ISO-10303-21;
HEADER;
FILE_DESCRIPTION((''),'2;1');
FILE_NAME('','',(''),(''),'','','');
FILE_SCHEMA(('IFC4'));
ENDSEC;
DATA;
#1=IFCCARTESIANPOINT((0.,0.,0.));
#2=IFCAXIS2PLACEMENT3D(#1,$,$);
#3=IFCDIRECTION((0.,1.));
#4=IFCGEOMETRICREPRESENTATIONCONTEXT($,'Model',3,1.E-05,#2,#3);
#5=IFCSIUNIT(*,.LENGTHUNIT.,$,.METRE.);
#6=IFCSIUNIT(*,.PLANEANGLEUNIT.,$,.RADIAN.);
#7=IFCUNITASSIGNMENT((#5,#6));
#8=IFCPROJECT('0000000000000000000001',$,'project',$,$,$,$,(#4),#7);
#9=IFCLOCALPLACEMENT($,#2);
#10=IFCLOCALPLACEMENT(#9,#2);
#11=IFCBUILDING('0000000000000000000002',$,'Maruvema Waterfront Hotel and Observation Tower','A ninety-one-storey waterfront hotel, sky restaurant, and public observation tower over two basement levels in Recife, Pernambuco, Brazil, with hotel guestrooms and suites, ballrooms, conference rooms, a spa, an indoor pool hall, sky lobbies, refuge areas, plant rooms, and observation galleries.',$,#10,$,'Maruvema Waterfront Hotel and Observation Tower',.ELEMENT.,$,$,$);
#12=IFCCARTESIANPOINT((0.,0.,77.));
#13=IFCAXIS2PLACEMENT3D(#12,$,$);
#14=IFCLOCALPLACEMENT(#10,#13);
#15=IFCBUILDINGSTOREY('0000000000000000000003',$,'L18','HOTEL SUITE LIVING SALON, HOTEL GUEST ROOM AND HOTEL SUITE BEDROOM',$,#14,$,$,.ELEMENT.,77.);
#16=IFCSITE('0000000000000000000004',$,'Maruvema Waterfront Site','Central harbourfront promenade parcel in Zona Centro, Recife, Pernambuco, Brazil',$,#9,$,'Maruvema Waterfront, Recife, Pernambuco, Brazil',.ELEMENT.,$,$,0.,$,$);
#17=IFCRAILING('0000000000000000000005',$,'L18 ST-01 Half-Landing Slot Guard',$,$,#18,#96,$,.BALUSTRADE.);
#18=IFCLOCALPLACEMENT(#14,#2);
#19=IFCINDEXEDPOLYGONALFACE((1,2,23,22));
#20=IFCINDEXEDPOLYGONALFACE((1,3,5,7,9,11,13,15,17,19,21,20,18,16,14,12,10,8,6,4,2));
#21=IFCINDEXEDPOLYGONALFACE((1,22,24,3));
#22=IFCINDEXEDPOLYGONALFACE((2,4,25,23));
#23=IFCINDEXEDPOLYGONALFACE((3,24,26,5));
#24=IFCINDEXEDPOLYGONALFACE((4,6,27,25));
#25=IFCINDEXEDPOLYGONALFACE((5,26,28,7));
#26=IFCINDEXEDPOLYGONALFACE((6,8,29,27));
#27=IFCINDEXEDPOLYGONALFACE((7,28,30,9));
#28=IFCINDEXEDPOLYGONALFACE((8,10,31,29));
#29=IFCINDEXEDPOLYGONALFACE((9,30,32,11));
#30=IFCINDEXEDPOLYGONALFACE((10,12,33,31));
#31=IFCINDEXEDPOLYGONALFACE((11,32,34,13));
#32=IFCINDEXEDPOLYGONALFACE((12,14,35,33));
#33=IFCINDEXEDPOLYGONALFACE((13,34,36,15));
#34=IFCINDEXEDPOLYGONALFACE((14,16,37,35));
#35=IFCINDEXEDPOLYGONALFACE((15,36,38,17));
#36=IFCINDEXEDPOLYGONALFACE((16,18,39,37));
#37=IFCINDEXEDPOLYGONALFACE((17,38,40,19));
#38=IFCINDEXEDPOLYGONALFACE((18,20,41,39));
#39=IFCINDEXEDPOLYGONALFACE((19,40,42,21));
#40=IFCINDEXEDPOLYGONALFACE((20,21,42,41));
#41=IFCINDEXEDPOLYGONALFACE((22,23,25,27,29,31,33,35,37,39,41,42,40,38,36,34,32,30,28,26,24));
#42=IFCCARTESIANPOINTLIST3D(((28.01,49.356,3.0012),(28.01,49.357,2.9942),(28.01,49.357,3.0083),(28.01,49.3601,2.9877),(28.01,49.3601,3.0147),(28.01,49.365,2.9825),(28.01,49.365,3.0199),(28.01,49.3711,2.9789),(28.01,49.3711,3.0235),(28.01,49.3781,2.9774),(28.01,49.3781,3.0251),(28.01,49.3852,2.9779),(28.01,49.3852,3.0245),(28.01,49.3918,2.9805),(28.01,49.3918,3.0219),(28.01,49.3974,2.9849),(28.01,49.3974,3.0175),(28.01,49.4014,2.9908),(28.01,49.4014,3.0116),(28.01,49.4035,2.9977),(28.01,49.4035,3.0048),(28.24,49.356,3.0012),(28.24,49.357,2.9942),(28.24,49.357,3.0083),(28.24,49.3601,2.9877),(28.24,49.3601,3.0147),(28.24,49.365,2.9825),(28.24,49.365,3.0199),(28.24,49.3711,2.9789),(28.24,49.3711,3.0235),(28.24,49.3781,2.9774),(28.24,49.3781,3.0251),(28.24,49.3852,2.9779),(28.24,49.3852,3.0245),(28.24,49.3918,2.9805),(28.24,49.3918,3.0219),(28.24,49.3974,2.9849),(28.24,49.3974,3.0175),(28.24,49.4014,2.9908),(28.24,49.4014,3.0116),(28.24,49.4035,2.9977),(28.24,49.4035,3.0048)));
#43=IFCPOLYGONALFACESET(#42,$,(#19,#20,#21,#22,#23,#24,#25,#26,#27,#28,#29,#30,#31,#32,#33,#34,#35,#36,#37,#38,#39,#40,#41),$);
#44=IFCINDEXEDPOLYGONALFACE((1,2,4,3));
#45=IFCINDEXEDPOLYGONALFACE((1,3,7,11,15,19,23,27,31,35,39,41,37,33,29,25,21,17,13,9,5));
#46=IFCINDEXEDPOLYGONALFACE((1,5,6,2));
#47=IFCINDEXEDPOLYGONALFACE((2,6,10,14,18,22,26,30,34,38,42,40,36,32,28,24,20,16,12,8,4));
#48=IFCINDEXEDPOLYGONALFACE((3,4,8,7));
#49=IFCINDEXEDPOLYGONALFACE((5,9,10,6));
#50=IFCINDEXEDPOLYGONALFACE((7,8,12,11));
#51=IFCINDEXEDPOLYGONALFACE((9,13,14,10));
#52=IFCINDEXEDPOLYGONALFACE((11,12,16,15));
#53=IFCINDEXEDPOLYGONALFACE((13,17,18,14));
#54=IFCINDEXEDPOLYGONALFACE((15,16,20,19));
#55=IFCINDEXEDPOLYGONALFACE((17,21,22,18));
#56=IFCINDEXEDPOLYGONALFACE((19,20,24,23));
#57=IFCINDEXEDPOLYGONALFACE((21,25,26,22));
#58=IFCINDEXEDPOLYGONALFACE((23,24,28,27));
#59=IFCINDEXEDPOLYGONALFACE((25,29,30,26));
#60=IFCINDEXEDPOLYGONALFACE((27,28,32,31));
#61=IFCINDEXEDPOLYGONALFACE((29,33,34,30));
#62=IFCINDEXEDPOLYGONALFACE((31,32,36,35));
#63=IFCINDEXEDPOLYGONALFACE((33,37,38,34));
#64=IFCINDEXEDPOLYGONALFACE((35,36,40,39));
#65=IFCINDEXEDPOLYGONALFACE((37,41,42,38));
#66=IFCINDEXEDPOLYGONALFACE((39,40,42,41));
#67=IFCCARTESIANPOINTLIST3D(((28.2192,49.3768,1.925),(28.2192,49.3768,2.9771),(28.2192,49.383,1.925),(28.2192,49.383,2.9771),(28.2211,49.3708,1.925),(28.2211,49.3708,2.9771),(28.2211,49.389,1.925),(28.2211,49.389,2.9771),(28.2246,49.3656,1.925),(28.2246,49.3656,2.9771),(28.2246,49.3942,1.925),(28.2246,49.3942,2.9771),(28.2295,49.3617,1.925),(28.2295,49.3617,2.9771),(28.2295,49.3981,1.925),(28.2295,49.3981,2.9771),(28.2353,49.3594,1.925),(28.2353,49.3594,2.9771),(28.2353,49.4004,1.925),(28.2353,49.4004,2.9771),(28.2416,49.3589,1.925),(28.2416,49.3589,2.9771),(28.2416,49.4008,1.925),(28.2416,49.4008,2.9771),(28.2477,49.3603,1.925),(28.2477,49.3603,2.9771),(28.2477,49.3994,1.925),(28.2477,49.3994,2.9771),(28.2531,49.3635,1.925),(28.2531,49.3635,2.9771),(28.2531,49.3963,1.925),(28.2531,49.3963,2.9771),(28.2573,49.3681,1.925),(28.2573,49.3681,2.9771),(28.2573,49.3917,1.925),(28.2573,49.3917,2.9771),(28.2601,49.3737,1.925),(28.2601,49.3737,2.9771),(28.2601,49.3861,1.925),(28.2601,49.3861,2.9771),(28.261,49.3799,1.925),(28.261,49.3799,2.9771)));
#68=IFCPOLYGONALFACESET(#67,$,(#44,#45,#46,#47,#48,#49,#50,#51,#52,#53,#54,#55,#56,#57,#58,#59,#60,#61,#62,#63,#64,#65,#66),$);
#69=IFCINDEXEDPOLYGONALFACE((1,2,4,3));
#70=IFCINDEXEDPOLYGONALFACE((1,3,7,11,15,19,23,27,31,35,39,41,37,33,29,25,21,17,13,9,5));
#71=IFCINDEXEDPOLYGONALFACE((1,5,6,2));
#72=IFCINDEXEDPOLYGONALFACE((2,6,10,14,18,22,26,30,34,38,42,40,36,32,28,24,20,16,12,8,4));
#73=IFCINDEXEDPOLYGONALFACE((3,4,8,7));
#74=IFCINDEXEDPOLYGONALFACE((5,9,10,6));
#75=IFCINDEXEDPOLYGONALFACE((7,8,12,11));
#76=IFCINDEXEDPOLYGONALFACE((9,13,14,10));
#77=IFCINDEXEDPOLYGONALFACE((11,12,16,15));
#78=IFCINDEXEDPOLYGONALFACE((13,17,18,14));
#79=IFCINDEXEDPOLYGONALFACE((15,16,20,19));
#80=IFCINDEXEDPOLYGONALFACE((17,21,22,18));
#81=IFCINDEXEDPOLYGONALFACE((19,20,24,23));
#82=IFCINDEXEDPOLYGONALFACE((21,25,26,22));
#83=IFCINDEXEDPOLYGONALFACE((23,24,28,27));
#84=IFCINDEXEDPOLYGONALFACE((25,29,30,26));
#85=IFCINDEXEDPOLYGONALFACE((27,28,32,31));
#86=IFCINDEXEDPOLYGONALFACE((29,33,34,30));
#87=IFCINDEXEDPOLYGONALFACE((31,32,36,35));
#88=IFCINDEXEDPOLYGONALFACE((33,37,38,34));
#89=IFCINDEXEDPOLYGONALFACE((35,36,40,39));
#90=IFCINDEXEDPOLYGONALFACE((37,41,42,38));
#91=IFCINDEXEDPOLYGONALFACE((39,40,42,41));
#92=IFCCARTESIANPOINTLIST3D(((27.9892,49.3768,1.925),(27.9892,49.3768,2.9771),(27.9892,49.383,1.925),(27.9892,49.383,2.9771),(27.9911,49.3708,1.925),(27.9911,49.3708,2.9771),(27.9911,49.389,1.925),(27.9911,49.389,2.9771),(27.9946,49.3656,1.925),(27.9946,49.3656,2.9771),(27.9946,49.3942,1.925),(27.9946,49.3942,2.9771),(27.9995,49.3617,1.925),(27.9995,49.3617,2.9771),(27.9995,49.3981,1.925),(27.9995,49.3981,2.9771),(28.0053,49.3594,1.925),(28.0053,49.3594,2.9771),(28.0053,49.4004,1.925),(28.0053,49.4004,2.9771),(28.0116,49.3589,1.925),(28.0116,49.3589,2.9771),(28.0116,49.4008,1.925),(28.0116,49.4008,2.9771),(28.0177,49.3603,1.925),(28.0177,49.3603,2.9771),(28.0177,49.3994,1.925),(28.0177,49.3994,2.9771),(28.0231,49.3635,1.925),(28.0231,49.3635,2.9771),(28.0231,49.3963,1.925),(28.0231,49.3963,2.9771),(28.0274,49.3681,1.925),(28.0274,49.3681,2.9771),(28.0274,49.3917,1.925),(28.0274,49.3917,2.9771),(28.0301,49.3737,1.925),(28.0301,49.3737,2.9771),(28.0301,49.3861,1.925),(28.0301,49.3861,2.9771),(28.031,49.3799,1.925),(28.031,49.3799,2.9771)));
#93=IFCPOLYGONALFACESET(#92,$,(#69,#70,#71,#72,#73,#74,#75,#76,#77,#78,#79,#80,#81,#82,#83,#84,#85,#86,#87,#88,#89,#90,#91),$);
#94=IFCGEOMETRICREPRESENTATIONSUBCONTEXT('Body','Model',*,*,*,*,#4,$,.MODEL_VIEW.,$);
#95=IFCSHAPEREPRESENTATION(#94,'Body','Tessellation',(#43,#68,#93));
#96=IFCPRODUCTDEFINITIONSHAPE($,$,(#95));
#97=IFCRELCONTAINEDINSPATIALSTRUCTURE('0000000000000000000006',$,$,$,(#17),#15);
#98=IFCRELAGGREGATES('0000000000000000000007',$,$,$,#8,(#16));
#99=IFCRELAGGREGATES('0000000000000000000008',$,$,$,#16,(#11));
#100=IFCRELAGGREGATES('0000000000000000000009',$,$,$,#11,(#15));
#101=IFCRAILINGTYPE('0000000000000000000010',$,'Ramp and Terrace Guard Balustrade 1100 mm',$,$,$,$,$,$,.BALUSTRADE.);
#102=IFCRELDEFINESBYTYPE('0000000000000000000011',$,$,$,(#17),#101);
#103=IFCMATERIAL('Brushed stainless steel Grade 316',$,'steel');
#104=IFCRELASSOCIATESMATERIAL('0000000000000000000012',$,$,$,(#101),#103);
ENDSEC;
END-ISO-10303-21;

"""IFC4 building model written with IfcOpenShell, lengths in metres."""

from ifc_helpers import new_model, si_unit, direction, frame, origin, origin_2d, place, context, subcontext, project, spatial, circle, extrude, material, type_object, element, save


model = new_model("IFC4")

# Units and contexts
model_context = context("Model", 3, precision=1e-05, world=origin(), true_north=direction((0.0, 1.0)))
body_context = subcontext(model_context, "Body", "Model", "MODEL_VIEW")
ifc_project = project(units=[si_unit("LENGTHUNIT", "METRE"), si_unit("PLANEANGLEUNIT", "RADIAN")], contexts=[model_context])

# Site, building, storey
site_placement = place(None, origin())
site = spatial("IfcSite", under=ifc_project, at=site_placement, Name="Maruvema Waterfront Site", Description="Central harbourfront promenade parcel in Zona Centro, Recife, Pernambuco, Brazil", LongName="Maruvema Waterfront, Recife, Pernambuco, Brazil", CompositionType="ELEMENT", RefElevation=0.0)
building_placement = place(site_placement, origin())
building = spatial("IfcBuilding", under=site, at=building_placement, Name="Maruvema Waterfront Hotel and Observation Tower", Description="A ninety-one-storey waterfront hotel, sky restaurant, and public observation tower over two basement levels in Recife, Pernambuco, Brazil, with hotel guestrooms and suites, ballrooms, conference rooms, a spa, an indoor pool hall, sky lobbies, refuge areas, plant rooms, and observation galleries.", LongName="Maruvema Waterfront Hotel and Observation Tower", CompositionType="ELEMENT")
storey_placement = place(building_placement, frame((0.0, 0.0, 77.0)))
storey = spatial("IfcBuildingStorey", under=building, at=storey_placement, Name="L18", Description="HOTEL SUITE LIVING SALON, HOTEL GUEST ROOM AND HOTEL SUITE BEDROOM", CompositionType="ELEMENT", Elevation=77.0)

# Railing
ifc_material_1 = material(Name="Brushed stainless steel Grade 316", Category="steel")
railing_type_1 = type_object("IfcRailingType", Name="Ramp and Terrace Guard Balustrade 1100 mm", PredefinedType="BALUSTRADE", material=ifc_material_1)
railing_1_placement = place(storey_placement, frame((28.24, 49.3799, 1.925)))
element("IfcRailing", 1, at=railing_1_placement, inside=storey, type_object=railing_type_1, Name="L18 ST-01 Half-Landing Slot Guard", PredefinedType="BALUSTRADE", context=body_context, shape_type="SweptSolid", body=[
    extrude(circle(Radius=0.0239, at=origin_2d()), frame((0.0, 0.0, 1.0762), z_axis=(-1.0, 0.0, 0.0), x_axis=(0.0, -1.0, 0.0)), (0.0, 0.0, 1.0), 0.23),
    extrude(circle(Radius=0.021, at=origin_2d()), origin(), (0.0, 0.0, 1.0), 1.052),
    extrude(circle(Radius=0.021, at=origin_2d()), frame((-0.23, 0.0, 0.0)), (0.0, 0.0, 1.0), 1.052),
])

save(model, "model.ifc")
